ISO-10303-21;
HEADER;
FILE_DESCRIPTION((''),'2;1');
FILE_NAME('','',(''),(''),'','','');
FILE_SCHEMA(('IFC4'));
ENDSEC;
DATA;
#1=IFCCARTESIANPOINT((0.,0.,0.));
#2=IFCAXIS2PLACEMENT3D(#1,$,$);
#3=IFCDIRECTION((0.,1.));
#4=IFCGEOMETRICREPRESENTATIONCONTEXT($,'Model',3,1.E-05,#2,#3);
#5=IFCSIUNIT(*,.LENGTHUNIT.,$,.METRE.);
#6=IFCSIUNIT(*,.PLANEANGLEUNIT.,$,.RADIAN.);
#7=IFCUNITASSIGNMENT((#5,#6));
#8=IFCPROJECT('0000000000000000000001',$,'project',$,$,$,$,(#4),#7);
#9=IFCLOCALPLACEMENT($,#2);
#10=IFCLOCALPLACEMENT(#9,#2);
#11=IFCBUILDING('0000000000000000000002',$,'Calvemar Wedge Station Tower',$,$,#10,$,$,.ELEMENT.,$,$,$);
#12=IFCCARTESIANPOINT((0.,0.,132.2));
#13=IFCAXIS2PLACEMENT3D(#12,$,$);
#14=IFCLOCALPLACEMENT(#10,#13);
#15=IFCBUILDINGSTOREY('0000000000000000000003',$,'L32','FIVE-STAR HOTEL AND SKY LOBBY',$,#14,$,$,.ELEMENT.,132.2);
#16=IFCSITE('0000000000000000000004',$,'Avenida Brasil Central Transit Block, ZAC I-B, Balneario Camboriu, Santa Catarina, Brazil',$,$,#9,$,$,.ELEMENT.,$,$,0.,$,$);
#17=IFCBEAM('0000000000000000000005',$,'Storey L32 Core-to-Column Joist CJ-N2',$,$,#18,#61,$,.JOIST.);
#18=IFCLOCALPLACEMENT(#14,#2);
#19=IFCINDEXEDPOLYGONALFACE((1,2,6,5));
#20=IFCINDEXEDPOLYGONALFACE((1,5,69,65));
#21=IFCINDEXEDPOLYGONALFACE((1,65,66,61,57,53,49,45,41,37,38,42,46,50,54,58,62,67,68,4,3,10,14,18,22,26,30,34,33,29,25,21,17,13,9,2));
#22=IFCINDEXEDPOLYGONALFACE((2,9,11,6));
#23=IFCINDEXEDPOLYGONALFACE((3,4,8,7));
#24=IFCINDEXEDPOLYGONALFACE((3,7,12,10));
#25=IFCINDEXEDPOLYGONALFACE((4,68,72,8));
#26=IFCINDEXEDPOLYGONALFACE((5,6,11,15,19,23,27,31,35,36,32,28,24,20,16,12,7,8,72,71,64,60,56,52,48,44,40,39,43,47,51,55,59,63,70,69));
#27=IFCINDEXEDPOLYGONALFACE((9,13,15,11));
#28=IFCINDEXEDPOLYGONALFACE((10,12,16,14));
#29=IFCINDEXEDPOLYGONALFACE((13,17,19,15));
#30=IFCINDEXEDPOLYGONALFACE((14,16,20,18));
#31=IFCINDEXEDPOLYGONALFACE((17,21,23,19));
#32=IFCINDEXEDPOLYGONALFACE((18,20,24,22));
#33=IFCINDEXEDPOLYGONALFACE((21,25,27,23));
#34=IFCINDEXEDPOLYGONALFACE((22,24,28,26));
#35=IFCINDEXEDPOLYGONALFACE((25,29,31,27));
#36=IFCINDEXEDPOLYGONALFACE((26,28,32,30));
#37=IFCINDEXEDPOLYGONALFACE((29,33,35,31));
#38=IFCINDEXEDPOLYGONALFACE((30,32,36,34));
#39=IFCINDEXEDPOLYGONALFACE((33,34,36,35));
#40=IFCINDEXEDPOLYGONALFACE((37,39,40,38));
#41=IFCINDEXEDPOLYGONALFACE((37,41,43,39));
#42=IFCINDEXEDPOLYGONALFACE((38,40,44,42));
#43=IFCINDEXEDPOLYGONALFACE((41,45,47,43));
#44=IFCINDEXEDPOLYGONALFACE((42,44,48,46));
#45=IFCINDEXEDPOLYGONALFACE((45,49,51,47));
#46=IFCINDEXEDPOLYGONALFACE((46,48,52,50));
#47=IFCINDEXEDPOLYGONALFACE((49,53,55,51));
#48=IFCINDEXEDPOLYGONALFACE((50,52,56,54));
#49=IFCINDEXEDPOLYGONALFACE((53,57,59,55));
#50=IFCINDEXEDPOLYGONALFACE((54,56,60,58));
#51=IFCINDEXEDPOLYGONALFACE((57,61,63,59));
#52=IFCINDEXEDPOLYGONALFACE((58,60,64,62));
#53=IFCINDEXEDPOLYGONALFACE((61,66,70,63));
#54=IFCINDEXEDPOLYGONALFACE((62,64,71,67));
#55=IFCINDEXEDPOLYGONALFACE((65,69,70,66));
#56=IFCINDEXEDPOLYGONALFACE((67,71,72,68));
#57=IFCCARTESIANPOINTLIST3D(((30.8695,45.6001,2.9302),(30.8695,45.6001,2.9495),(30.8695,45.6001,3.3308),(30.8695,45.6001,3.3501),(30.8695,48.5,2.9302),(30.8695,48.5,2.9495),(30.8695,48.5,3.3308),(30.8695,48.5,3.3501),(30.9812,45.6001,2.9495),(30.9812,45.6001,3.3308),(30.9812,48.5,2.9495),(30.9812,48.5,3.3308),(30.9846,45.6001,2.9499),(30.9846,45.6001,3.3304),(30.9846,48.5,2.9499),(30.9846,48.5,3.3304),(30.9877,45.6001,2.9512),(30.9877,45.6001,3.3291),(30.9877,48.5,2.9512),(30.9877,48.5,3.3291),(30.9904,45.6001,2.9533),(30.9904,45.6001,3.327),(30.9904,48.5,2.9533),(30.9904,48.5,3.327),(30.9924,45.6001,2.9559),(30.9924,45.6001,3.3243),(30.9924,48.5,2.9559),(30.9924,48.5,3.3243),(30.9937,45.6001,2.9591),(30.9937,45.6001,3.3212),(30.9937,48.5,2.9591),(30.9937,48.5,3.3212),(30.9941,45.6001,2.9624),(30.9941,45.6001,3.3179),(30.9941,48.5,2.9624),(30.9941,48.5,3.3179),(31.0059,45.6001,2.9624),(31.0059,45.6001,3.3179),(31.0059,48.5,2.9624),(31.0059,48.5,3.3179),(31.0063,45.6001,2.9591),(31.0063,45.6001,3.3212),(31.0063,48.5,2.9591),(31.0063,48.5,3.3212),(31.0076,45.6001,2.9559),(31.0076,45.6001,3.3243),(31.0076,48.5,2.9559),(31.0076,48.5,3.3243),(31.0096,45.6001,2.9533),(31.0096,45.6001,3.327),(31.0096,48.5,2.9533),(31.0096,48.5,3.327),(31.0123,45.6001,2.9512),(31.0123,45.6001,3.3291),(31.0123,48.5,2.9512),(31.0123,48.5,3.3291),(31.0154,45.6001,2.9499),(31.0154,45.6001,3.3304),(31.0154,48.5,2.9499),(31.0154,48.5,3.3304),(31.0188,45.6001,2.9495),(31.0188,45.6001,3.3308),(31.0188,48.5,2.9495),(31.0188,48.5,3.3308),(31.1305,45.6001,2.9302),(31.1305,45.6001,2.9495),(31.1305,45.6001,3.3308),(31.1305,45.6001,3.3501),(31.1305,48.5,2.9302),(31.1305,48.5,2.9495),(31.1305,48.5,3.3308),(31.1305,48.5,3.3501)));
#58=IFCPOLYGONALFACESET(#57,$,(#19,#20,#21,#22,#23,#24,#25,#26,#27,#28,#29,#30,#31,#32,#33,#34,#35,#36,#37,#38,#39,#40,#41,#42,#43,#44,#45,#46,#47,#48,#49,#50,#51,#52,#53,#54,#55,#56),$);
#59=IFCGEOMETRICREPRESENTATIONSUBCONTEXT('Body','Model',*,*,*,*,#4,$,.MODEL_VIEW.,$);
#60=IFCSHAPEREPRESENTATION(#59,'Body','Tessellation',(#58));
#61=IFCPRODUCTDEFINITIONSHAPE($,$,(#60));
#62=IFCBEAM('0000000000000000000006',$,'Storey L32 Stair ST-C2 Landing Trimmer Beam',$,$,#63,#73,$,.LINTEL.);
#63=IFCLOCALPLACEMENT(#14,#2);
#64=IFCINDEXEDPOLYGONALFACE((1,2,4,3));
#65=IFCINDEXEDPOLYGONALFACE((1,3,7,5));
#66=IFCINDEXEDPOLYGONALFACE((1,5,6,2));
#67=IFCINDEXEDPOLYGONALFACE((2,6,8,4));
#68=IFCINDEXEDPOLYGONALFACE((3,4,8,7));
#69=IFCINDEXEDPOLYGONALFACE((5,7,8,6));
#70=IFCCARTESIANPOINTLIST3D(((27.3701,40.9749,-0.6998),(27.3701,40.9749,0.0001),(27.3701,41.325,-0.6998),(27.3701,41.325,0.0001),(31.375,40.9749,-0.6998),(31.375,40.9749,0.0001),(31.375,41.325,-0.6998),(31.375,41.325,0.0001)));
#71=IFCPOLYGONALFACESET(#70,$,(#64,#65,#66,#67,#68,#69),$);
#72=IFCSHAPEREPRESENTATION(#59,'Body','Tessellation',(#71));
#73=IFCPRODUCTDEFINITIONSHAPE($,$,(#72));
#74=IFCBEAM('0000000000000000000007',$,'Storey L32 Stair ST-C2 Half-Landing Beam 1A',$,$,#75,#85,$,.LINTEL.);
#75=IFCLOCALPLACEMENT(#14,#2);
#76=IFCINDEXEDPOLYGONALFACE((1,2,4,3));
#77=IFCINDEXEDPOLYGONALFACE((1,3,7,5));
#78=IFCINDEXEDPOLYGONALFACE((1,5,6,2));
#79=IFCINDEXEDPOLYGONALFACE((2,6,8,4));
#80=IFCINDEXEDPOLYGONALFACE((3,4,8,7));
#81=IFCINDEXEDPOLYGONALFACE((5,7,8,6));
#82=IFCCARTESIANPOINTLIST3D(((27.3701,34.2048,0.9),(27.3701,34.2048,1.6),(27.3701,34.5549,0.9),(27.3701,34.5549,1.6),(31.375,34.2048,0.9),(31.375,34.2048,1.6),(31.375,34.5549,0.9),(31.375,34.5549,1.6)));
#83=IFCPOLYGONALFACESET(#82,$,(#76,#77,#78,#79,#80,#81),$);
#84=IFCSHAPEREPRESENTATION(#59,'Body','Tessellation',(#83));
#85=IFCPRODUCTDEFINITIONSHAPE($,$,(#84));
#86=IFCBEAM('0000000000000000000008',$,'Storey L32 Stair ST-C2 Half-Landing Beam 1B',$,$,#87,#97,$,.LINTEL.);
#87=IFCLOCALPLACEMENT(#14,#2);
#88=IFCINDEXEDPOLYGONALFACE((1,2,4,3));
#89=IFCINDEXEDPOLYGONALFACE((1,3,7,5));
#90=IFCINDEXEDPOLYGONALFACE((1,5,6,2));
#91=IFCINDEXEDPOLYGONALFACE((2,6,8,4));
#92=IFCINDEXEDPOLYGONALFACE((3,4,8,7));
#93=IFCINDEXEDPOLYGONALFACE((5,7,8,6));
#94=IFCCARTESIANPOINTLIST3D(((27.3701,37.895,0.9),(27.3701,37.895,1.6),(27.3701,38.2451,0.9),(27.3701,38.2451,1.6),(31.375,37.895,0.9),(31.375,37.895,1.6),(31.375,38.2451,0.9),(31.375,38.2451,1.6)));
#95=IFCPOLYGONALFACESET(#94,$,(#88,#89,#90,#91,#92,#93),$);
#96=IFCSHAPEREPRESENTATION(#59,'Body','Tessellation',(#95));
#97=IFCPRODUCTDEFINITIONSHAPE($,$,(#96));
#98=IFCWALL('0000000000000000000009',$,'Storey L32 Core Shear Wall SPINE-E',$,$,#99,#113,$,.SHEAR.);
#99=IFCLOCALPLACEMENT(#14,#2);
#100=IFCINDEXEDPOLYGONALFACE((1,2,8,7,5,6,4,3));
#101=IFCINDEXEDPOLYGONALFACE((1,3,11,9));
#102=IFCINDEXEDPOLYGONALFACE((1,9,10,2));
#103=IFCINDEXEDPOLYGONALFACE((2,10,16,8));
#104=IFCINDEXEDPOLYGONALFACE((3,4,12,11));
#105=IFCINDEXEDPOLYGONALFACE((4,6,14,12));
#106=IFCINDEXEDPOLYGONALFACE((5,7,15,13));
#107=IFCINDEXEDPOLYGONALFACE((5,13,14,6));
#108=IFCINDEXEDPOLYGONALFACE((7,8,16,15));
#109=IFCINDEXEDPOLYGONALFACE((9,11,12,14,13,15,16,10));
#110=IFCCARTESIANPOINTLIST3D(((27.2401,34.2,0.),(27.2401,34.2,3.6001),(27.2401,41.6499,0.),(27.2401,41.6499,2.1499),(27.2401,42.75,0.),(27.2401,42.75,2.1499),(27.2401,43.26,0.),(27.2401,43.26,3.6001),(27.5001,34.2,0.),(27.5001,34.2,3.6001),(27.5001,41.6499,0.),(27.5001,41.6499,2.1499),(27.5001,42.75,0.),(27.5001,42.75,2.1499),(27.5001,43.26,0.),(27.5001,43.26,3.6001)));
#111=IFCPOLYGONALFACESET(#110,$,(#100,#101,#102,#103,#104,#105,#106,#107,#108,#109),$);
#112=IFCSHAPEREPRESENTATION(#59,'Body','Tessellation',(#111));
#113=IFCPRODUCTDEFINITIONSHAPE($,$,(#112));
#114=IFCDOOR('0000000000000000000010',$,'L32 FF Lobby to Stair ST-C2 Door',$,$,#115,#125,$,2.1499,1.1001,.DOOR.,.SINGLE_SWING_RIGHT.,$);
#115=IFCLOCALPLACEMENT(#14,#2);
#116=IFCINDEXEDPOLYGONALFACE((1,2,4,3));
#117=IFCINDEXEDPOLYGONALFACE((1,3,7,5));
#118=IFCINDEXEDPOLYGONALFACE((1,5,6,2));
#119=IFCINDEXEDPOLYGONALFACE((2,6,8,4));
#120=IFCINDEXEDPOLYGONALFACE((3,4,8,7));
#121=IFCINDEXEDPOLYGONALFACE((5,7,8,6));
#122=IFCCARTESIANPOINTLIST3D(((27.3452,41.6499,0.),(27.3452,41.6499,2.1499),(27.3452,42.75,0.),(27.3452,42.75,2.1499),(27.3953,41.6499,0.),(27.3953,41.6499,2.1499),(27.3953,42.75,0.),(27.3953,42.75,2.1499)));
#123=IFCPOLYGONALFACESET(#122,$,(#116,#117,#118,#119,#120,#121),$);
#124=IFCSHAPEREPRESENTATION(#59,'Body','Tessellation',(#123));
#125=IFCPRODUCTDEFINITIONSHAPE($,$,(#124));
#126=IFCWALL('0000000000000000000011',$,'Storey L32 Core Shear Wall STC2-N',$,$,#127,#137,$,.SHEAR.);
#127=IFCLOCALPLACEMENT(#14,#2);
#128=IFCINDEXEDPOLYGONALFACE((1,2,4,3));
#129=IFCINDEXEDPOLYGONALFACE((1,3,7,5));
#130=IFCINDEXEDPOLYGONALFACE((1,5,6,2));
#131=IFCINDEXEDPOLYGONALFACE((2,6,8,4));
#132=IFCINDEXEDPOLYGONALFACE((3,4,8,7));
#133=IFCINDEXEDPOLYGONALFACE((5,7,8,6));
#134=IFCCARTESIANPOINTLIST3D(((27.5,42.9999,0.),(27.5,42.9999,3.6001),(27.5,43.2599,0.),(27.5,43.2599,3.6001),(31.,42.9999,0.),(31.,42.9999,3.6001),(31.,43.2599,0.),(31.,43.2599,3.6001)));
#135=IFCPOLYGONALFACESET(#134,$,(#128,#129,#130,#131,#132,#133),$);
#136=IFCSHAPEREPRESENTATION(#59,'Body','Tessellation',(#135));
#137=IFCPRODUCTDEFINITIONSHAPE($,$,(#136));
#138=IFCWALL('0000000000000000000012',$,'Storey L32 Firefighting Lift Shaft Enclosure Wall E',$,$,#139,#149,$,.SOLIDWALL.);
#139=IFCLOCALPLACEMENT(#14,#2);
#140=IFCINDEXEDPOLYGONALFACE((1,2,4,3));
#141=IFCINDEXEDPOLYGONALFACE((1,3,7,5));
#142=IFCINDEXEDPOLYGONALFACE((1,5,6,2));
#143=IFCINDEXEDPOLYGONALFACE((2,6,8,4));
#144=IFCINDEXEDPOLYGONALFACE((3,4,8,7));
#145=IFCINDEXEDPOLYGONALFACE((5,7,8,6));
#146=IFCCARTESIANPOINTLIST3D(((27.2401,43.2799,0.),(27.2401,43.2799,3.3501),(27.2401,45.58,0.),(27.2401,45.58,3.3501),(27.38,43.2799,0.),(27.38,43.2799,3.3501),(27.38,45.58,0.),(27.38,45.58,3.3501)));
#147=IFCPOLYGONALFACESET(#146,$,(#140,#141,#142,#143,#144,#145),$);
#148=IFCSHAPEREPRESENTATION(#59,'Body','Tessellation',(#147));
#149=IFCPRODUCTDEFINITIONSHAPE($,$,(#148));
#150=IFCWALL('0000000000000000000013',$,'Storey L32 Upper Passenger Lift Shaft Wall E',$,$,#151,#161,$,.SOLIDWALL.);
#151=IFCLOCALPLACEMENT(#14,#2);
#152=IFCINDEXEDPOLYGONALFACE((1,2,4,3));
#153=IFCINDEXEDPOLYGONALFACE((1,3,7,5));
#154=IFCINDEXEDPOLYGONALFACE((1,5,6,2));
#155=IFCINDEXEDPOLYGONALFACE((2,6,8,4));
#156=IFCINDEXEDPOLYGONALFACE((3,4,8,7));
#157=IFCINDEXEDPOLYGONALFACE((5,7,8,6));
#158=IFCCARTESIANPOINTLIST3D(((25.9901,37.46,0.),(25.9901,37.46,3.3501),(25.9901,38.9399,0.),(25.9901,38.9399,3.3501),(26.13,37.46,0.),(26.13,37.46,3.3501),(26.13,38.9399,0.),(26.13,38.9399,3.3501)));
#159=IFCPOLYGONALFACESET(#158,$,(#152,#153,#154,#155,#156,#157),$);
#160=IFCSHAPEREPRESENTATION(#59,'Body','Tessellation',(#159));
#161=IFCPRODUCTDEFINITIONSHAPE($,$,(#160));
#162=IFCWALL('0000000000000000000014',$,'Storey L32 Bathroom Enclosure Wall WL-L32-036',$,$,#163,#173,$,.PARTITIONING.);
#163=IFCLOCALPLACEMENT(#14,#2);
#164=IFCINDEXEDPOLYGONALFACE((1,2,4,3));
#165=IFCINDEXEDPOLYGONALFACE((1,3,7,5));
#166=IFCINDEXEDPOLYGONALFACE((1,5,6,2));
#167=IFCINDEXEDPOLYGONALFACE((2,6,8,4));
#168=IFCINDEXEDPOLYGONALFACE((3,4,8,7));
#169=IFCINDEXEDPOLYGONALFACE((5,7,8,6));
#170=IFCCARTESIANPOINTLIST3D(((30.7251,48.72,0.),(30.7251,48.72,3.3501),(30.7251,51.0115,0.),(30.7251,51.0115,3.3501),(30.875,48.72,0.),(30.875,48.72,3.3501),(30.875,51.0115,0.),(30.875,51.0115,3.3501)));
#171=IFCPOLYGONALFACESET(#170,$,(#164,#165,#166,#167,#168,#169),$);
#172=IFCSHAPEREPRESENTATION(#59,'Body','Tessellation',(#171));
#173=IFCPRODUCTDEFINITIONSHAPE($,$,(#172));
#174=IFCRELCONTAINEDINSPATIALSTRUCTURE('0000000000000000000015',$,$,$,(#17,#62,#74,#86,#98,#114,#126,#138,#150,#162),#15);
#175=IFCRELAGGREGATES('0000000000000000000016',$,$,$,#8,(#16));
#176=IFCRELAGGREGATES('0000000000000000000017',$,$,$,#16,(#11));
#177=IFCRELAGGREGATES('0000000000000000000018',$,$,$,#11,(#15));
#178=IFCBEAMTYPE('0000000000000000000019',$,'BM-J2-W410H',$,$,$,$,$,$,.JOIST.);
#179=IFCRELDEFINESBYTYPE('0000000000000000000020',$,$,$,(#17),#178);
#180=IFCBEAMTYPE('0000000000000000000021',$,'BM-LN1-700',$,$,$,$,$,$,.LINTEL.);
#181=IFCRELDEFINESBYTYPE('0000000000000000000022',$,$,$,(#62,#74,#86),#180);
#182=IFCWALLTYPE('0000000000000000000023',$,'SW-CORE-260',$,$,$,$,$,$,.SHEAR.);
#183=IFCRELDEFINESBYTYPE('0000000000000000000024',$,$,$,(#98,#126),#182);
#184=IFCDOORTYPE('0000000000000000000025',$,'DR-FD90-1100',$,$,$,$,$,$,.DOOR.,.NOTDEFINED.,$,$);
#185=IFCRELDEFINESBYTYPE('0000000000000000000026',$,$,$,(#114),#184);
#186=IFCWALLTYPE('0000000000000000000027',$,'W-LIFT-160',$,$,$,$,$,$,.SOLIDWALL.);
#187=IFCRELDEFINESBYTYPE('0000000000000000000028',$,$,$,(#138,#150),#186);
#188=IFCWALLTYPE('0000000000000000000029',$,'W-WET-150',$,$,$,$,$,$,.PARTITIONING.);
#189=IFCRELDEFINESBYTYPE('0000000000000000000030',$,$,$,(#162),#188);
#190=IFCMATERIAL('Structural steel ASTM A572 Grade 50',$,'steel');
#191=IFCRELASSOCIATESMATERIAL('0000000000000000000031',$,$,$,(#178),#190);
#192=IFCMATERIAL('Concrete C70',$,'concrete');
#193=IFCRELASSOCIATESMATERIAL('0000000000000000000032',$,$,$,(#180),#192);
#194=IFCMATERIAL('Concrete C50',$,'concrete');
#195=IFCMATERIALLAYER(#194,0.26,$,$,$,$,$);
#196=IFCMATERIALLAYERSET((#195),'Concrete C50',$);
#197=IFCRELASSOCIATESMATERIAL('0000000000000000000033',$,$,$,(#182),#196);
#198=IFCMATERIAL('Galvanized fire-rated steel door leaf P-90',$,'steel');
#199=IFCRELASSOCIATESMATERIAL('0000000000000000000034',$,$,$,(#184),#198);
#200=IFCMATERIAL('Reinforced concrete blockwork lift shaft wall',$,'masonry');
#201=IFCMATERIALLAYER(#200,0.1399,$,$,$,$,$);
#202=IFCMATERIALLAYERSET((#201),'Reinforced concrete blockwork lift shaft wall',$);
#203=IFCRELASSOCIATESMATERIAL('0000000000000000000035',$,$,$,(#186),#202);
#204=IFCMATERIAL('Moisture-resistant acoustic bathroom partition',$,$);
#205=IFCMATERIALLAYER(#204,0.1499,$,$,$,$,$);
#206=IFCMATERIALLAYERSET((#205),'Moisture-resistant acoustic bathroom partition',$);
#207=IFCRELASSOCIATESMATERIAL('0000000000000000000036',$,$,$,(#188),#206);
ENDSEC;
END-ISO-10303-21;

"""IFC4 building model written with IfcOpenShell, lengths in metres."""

from ifc_helpers import new_model, si_unit, direction, frame, frame_2d, origin, origin_2d, place, context, subcontext, project, spatial, rectangle, i_section, extrude, source, transform, mapped, material, layer, layer_set, material_profile, profile_set, type_object, element, fill, save


model = new_model("IFC4")

# Units and contexts
model_context = context("Model", 3, precision=1e-05, world=origin(), true_north=direction((0.0, 1.0)))
body_context = subcontext(model_context, "Body", "Model", "MODEL_VIEW")
ifc_project = project(units=[si_unit("LENGTHUNIT", "METRE"), si_unit("PLANEANGLEUNIT", "RADIAN")], contexts=[model_context])

# Site, building, storey
site_placement = place(None, origin())
site = spatial("IfcSite", under=ifc_project, at=site_placement, Name="Avenida Brasil Central Transit Block, ZAC I-B, Balneario Camboriu, Santa Catarina, Brazil", CompositionType="ELEMENT", RefElevation=0.0)
building_placement = place(site_placement, origin())
building = spatial("IfcBuilding", under=site, at=building_placement, Name="Calvemar Wedge Station Tower", CompositionType="ELEMENT")
storey_placement = place(building_placement, frame((0.0, 0.0, 132.2)))
storey = spatial("IfcBuildingStorey", under=building, at=storey_placement, Name="L32", Description="FIVE-STAR HOTEL AND SKY LOBBY", CompositionType="ELEMENT", Elevation=132.2)

# Beams
ifc_material_1 = material(Name="Structural steel ASTM A572 Grade 50", Category="steel")
ifc_material_profile_1 = material_profile(ifc_material_1, i_section(OverallWidth=0.261, OverallDepth=0.4199, WebThickness=0.0117, FlangeThickness=0.0193, FilletRadius=0.0129, at=origin_2d()), Name="W410x114")
ifc_profile_set_1 = profile_set([ifc_material_profile_1], Name="Structural steel ASTM A572 Grade 50")
beam_type_1 = type_object("IfcBeamType", Name="BM-J2-W410H", PredefinedType="JOIST", material=ifc_profile_set_1)
shared_shape_1 = source(origin(), body_context, "Body", "SweptSolid", [
    extrude(i_section(OverallWidth=0.261, OverallDepth=0.4199, WebThickness=0.0117, FlangeThickness=0.0193, FilletRadius=0.0129, at=origin_2d()), origin(), (0.0, 0.0, 1.0), 2.8999),
])
beam_1_placement = place(storey_placement, frame((31.0, 45.6001, 3.1401), z_axis=(0.0, 1.0, 0.0), x_axis=(-1.0, 0.0, 0.0)))
element("IfcBeam", 1, at=beam_1_placement, inside=storey, type_object=beam_type_1, Name="Storey L32 Core-to-Column Joist CJ-N2", PredefinedType="JOIST", context=body_context, shape_type="MappedRepresentation", body=[
    mapped(shared_shape_1, transform((0.0, 0.0, 0.0), scale=1.0)),
])
ifc_material_2 = material(Name="Concrete C70", Category="concrete")
ifc_material_profile_2 = material_profile(ifc_material_2, rectangle(XDim=0.3501, YDim=0.7, at=origin_2d()), Name="RC350x700")
ifc_profile_set_2 = profile_set([ifc_material_profile_2], Name="Concrete C70")
beam_type_2 = type_object("IfcBeamType", Name="BM-LN1-700", PredefinedType="LINTEL", material=ifc_profile_set_2)
shared_shape_2 = source(origin(), body_context, "Body", "SweptSolid", [
    extrude(rectangle(XDim=0.3501, YDim=0.7, at=origin_2d()), origin(), (0.0, 0.0, 1.0), 4.0049),
])
for number, where, z_axis, x_axis, name in (
    (2, (27.3701, 41.1499, -0.3499), (1.0, 0.0, 0.0), (0.0, 1.0, 0.0), "Storey L32 Stair ST-C2 Landing Trimmer Beam"),
    (3, (27.3701, 34.3799, 1.25), (1.0, 0.0, 0.0), (0.0, 1.0, 0.0), "Storey L32 Stair ST-C2 Half-Landing Beam 1A"),
    (4, (27.3701, 38.0701, 1.25), (1.0, 0.0, 0.0), (0.0, 1.0, 0.0), "Storey L32 Stair ST-C2 Half-Landing Beam 1B"),
):
    element("IfcBeam", number, at=place(storey_placement, frame(where, z_axis=z_axis, x_axis=x_axis)), inside=storey, type_object=beam_type_2, Name=name, PredefinedType="LINTEL", context=body_context, shape_type="MappedRepresentation", body=[
        mapped(shared_shape_2, transform((0.0, 0.0, 0.0), scale=1.0)),
    ])

# Wall, opening, door
ifc_material_3 = material(Name="Concrete C50", Category="concrete")
ifc_layer_1 = layer(ifc_material_3, 0.26)
ifc_layer_set_1 = layer_set([ifc_layer_1], Name="Concrete C50")
wall_type_1 = type_object("IfcWallType", Name="SW-CORE-260", PredefinedType="SHEAR", material=ifc_layer_set_1)
wall_1_placement = place(storey_placement, frame((27.3701, 34.2, 0.0), z_axis=(0.0, 0.0, 1.0), x_axis=(0.0, 1.0, 0.0)))
wall_1 = element("IfcWall", 5, at=wall_1_placement, inside=storey, type_object=wall_type_1, Name="Storey L32 Core Shear Wall SPINE-E", PredefinedType="SHEAR", context=body_context, shape_type="SweptSolid", body=[
    extrude(rectangle(XDim=9.0601, YDim=0.26, at=frame_2d((4.53, 0.0))), origin(), (0.0, 0.0, 1.0), 3.6001),
])
shared_shape_3 = source(origin(), body_context, "Body", "SweptSolid", [
    extrude(rectangle(XDim=1.1001, YDim=2.1499, at=frame_2d((0.55, 1.075))), frame((0.0, 0.1401, 0.0), z_axis=(0.0, -1.0, 0.0), x_axis=(1.0, 0.0, 0.0)), (0.0, 0.0, 1.0), 0.28),
])
opening_1_placement = place(wall_1_placement, frame((7.45, 0.0, 0.0)))
opening_1 = element("IfcOpeningElement", 6, at=opening_1_placement, cuts=wall_1, PredefinedType="OPENING", context=body_context, shape_type="MappedRepresentation", body=[
    mapped(shared_shape_3, transform((0.0, 0.0, 0.0), scale=1.0)),
])
ifc_material_4 = material(Name="Galvanized fire-rated steel door leaf P-90", Category="steel")
door_type_1 = type_object("IfcDoorType", Name="DR-FD90-1100", OperationType="NOTDEFINED", PredefinedType="DOOR", material=ifc_material_4)
shared_shape_4 = source(origin(), body_context, "Body", "SweptSolid", [
    extrude(rectangle(XDim=1.1001, YDim=2.1499, at=frame_2d((0.55, 1.075))), frame((0.0, 0.0249, 0.0), z_axis=(0.0, -1.0, 0.0), x_axis=(1.0, 0.0, 0.0)), (0.0, 0.0, 1.0), 0.05),
])
door_1_placement = place(opening_1_placement, origin())
door_1 = element("IfcDoor", 7, at=door_1_placement, inside=storey, type_object=door_type_1, Name="L32 FF Lobby to Stair ST-C2 Door", OperationType="SINGLE_SWING_RIGHT", OverallHeight=2.1499, OverallWidth=1.1001, PredefinedType="DOOR", context=body_context, shape_type="MappedRepresentation", body=[
    mapped(shared_shape_4, transform((0.0, 0.0, 0.0), scale=1.0)),
])
fill(opening_1, door_1)

# Wall
wall_2_placement = place(storey_placement, frame((27.5, 43.1299, 0.0), z_axis=(0.0, 0.0, 1.0), x_axis=(1.0, 0.0, 0.0)))
element("IfcWall", 8, at=wall_2_placement, inside=storey, type_object=wall_type_1, Name="Storey L32 Core Shear Wall STC2-N", PredefinedType="SHEAR", context=body_context, shape_type="SweptSolid", body=[
    extrude(rectangle(XDim=3.5, YDim=0.26, at=frame_2d((1.75, 0.0))), origin(), (0.0, 0.0, 1.0), 3.6001),
])

# Walls
ifc_material_5 = material(Name="Reinforced concrete blockwork lift shaft wall", Category="masonry")
ifc_layer_2 = layer(ifc_material_5, 0.1399)
ifc_layer_set_2 = layer_set([ifc_layer_2], Name="Reinforced concrete blockwork lift shaft wall")
wall_type_2 = type_object("IfcWallType", Name="W-LIFT-160", PredefinedType="SOLIDWALL", material=ifc_layer_set_2)
wall_3_placement = place(storey_placement, frame((27.3101, 43.28, 0.0), z_axis=(0.0, 0.0, 1.0), x_axis=(0.0, 1.0, 0.0)))
element("IfcWall", 9, at=wall_3_placement, inside=storey, type_object=wall_type_2, Name="Storey L32 Firefighting Lift Shaft Enclosure Wall E", PredefinedType="SOLIDWALL", context=body_context, shape_type="SweptSolid", body=[
    extrude(rectangle(XDim=2.3, YDim=0.1399, at=frame_2d((1.1499, 0.0))), origin(), (0.0, 0.0, 1.0), 3.3501),
])
wall_4_placement = place(storey_placement, frame((26.0601, 37.46, 0.0), z_axis=(0.0, 0.0, 1.0), x_axis=(0.0, 1.0, 0.0)))
element("IfcWall", 10, at=wall_4_placement, inside=storey, type_object=wall_type_2, Name="Storey L32 Upper Passenger Lift Shaft Wall E", PredefinedType="SOLIDWALL", context=body_context, shape_type="SweptSolid", body=[
    extrude(rectangle(XDim=1.48, YDim=0.1399, at=frame_2d((0.74, 0.0))), origin(), (0.0, 0.0, 1.0), 3.3501),
])
ifc_material_6 = material(Name="Moisture-resistant acoustic bathroom partition")
ifc_layer_3 = layer(ifc_material_6, 0.1499)
ifc_layer_set_3 = layer_set([ifc_layer_3], Name="Moisture-resistant acoustic bathroom partition")
wall_type_3 = type_object("IfcWallType", Name="W-WET-150", PredefinedType="PARTITIONING", material=ifc_layer_set_3)
wall_5_placement = place(storey_placement, frame((30.8, 51.0115, 0.0), z_axis=(0.0, 0.0, 1.0), x_axis=(0.0, -1.0, 0.0)))
element("IfcWall", 11, at=wall_5_placement, inside=storey, type_object=wall_type_3, Name="Storey L32 Bathroom Enclosure Wall WL-L32-036", PredefinedType="PARTITIONING", context=body_context, shape_type="SweptSolid", body=[
    extrude(rectangle(XDim=2.2915, YDim=0.1499, at=frame_2d((1.1458, 0.0))), origin(), (0.0, 0.0, 1.0), 3.3501),
])

save(model, "model.ifc")
